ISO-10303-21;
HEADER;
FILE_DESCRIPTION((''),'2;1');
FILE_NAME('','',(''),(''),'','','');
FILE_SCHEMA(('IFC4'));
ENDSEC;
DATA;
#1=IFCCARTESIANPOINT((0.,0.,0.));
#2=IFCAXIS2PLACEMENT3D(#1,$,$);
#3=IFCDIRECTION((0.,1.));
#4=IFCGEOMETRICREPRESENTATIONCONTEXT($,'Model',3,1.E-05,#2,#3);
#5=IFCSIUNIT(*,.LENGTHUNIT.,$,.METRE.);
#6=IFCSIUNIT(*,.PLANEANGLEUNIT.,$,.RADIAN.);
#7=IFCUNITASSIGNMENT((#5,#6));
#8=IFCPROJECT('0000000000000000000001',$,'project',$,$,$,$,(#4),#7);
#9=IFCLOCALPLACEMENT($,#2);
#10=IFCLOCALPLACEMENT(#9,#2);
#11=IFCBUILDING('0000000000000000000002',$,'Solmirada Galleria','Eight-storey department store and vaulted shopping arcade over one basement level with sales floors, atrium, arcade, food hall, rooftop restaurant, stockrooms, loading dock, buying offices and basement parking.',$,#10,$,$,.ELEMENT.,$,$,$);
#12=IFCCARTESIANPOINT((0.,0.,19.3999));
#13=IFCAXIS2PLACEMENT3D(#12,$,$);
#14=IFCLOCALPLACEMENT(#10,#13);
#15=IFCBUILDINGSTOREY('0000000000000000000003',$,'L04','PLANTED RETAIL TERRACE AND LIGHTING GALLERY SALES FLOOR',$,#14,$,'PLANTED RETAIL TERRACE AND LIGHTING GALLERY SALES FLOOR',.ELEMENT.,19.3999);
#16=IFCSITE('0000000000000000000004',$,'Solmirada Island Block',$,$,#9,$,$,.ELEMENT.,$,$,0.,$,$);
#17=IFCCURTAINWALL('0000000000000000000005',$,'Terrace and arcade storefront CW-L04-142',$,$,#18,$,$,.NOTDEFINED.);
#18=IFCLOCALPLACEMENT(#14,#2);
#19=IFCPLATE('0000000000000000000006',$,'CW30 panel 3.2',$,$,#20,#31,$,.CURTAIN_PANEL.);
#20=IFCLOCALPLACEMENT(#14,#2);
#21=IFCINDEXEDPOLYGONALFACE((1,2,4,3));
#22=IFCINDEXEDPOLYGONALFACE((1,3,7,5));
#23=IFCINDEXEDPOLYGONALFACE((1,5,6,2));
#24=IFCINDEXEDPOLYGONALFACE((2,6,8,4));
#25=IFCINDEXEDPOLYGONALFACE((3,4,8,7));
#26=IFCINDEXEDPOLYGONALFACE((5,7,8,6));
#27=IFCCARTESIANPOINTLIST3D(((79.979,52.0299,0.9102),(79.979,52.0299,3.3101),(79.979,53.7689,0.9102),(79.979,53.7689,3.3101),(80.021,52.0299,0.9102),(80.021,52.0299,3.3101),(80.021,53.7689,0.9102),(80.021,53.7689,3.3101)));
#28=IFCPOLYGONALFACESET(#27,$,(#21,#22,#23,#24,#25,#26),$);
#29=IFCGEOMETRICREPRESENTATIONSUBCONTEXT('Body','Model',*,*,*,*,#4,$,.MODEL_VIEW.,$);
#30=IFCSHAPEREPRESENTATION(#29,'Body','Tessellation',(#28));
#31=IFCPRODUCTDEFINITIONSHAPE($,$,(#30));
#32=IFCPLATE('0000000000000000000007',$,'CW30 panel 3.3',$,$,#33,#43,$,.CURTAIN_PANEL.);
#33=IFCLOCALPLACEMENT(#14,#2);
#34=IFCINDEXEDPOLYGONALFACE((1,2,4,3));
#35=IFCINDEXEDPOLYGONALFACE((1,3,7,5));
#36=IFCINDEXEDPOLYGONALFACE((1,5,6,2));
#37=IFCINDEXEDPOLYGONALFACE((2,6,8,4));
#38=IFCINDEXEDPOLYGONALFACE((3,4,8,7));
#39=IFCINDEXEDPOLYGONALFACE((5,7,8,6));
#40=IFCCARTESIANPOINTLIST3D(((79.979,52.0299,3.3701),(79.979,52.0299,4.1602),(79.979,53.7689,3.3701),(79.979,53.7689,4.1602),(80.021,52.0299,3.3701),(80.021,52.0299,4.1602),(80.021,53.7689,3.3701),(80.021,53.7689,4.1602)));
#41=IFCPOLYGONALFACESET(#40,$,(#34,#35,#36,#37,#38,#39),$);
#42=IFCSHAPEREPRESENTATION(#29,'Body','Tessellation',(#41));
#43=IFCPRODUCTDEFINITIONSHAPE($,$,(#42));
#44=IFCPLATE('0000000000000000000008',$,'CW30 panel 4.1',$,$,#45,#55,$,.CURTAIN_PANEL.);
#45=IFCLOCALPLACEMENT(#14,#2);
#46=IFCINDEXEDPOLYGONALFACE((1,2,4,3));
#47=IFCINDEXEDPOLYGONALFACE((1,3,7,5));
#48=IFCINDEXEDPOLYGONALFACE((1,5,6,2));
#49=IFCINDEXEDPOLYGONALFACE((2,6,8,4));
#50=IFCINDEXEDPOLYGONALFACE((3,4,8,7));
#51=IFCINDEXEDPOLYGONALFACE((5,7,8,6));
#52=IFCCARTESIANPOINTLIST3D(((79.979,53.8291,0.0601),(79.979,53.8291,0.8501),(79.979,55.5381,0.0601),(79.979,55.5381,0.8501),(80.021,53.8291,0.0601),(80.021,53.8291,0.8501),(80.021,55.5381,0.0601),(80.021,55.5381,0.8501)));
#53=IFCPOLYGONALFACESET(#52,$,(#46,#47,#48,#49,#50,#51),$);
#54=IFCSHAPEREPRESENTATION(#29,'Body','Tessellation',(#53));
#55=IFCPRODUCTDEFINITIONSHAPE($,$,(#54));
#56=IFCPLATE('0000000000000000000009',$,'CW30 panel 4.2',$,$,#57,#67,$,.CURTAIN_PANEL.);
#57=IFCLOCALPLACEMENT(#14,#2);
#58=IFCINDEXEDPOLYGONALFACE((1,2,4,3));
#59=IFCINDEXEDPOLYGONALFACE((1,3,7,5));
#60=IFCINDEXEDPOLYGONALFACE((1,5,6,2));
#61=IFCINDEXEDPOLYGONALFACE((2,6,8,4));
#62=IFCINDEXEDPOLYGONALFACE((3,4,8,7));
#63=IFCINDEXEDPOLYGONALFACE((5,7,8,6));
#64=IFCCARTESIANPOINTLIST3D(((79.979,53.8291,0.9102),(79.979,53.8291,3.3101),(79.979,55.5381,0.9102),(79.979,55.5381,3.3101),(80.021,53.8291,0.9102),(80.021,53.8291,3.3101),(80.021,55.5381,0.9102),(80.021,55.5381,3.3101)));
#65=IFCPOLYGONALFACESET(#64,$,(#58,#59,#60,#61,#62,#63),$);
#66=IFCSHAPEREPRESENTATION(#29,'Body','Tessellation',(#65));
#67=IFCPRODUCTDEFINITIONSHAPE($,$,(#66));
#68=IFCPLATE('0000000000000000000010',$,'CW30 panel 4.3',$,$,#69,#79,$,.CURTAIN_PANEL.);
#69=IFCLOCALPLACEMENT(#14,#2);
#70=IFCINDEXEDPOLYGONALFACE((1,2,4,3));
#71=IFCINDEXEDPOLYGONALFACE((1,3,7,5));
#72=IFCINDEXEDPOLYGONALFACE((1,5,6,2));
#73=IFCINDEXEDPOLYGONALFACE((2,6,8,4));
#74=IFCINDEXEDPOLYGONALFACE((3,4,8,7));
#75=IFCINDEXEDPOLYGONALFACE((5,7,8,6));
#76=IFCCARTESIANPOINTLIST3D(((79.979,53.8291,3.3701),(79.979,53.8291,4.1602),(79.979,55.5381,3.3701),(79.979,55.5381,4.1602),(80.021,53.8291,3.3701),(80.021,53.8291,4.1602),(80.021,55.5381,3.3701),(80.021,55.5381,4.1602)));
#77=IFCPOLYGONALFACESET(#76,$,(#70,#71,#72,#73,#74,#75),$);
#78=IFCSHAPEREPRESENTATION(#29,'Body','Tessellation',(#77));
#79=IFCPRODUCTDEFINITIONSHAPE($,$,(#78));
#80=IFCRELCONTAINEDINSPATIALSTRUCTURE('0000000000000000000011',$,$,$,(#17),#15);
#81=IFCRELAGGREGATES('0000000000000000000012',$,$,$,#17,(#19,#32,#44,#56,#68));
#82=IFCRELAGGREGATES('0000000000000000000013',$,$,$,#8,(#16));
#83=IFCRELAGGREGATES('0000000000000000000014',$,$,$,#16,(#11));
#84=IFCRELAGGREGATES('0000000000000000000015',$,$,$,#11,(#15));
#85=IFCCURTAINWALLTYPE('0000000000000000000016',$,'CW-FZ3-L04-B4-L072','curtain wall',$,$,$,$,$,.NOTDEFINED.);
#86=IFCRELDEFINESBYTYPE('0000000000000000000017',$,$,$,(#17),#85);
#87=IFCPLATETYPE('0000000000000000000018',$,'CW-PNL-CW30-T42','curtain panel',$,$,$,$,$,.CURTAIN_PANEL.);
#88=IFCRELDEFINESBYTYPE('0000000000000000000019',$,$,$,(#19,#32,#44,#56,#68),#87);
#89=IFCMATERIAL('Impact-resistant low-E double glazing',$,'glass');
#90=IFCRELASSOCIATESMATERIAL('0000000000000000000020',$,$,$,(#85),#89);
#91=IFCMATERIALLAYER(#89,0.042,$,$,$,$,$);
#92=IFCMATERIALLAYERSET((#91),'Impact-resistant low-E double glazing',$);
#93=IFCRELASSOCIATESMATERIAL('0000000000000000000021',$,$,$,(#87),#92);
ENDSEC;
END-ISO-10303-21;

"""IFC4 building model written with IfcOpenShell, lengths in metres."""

from ifc_helpers import new_model, si_unit, direction, frame, origin, origin_2d, place, context, subcontext, project, spatial, rectangle, extrude, material, layer, layer_set, type_object, element, aggregate, save


model = new_model("IFC4")

# Units and contexts
model_context = context("Model", 3, precision=1e-05, world=origin(), true_north=direction((0.0, 1.0)))
body_context = subcontext(model_context, "Body", "Model", "MODEL_VIEW")
ifc_project = project(units=[si_unit("LENGTHUNIT", "METRE"), si_unit("PLANEANGLEUNIT", "RADIAN")], contexts=[model_context])

# Site, building, storey
site_placement = place(None, origin())
site = spatial("IfcSite", under=ifc_project, at=site_placement, Name="Solmirada Island Block", CompositionType="ELEMENT", RefElevation=0.0)
building_placement = place(site_placement, origin())
building = spatial("IfcBuilding", under=site, at=building_placement, Name="Solmirada Galleria", Description="Eight-storey department store and vaulted shopping arcade over one basement level with sales floors, atrium, arcade, food hall, rooftop restaurant, stockrooms, loading dock, buying offices and basement parking.", CompositionType="ELEMENT")
storey_placement = place(building_placement, frame((0.0, 0.0, 19.3999)))
storey = spatial("IfcBuildingStorey", under=building, at=storey_placement, Name="L04", Description="PLANTED RETAIL TERRACE AND LIGHTING GALLERY SALES FLOOR", LongName="PLANTED RETAIL TERRACE AND LIGHTING GALLERY SALES FLOOR", CompositionType="ELEMENT", Elevation=19.3999)

# Curtain wall
ifc_material_1 = material(Name="Impact-resistant low-E double glazing", Category="glass")
curtain_wall_type = type_object("IfcCurtainWallType", Name="CW-FZ3-L04-B4-L072", Description="curtain wall", PredefinedType="NOTDEFINED", material=ifc_material_1)
curtain_wall_1_placement = place(storey_placement, origin())
curtain_wall_1 = element("IfcCurtainWall", 1, at=curtain_wall_1_placement, inside=storey, type_object=curtain_wall_type, Name="Terrace and arcade storefront CW-L04-142", PredefinedType="NOTDEFINED")

# Plates
ifc_layer = layer(ifc_material_1, 0.042)
ifc_layer_set = layer_set([ifc_layer], Name="Impact-resistant low-E double glazing")
plate_type = type_object("IfcPlateType", Name="CW-PNL-CW30-T42", Description="curtain panel", PredefinedType="CURTAIN_PANEL", material=ifc_layer_set)
plate_1_placement = place(storey_placement, frame((80.0, 52.8994, 0.9102), z_axis=(0.0, 0.0, 1.0), x_axis=(0.0, 1.0, 0.0)))
plate_1 = element("IfcPlate", 2, at=plate_1_placement, type_object=plate_type, Name="CW30 panel 3.2", PredefinedType="CURTAIN_PANEL", context=body_context, shape_type="SweptSolid", body=[
    extrude(rectangle(XDim=1.739, YDim=0.042, at=origin_2d()), origin(), (0.0, 0.0, 1.0), 2.3999),
])
plate_2_placement = place(storey_placement, frame((80.0, 52.8994, 3.3701), z_axis=(0.0, 0.0, 1.0), x_axis=(0.0, 1.0, 0.0)))
plate_2 = element("IfcPlate", 3, at=plate_2_placement, type_object=plate_type, Name="CW30 panel 3.3", PredefinedType="CURTAIN_PANEL", context=body_context, shape_type="SweptSolid", body=[
    extrude(rectangle(XDim=1.739, YDim=0.042, at=origin_2d()), origin(), (0.0, 0.0, 1.0), 0.79),
])
plate_3_placement = place(storey_placement, frame((80.0, 54.6836, 0.0601), z_axis=(0.0, 0.0, 1.0), x_axis=(0.0, 1.0, 0.0)))
plate_3 = element("IfcPlate", 4, at=plate_3_placement, type_object=plate_type, Name="CW30 panel 4.1", PredefinedType="CURTAIN_PANEL", context=body_context, shape_type="SweptSolid", body=[
    extrude(rectangle(XDim=1.709, YDim=0.042, at=origin_2d()), origin(), (0.0, 0.0, 1.0), 0.79),
])
plate_4_placement = place(storey_placement, frame((80.0, 54.6836, 0.9102), z_axis=(0.0, 0.0, 1.0), x_axis=(0.0, 1.0, 0.0)))
plate_4 = element("IfcPlate", 5, at=plate_4_placement, type_object=plate_type, Name="CW30 panel 4.2", PredefinedType="CURTAIN_PANEL", context=body_context, shape_type="SweptSolid", body=[
    extrude(rectangle(XDim=1.709, YDim=0.042, at=origin_2d()), origin(), (0.0, 0.0, 1.0), 2.3999),
])
plate_5_placement = place(storey_placement, frame((80.0, 54.6836, 3.3701), z_axis=(0.0, 0.0, 1.0), x_axis=(0.0, 1.0, 0.0)))
plate_5 = element("IfcPlate", 6, at=plate_5_placement, type_object=plate_type, Name="CW30 panel 4.3", PredefinedType="CURTAIN_PANEL", context=body_context, shape_type="SweptSolid", body=[
    extrude(rectangle(XDim=1.709, YDim=0.042, at=origin_2d()), origin(), (0.0, 0.0, 1.0), 0.79),
])
aggregate(curtain_wall_1, [plate_1, plate_2, plate_3, plate_4, plate_5])

save(model, "model.ifc")
